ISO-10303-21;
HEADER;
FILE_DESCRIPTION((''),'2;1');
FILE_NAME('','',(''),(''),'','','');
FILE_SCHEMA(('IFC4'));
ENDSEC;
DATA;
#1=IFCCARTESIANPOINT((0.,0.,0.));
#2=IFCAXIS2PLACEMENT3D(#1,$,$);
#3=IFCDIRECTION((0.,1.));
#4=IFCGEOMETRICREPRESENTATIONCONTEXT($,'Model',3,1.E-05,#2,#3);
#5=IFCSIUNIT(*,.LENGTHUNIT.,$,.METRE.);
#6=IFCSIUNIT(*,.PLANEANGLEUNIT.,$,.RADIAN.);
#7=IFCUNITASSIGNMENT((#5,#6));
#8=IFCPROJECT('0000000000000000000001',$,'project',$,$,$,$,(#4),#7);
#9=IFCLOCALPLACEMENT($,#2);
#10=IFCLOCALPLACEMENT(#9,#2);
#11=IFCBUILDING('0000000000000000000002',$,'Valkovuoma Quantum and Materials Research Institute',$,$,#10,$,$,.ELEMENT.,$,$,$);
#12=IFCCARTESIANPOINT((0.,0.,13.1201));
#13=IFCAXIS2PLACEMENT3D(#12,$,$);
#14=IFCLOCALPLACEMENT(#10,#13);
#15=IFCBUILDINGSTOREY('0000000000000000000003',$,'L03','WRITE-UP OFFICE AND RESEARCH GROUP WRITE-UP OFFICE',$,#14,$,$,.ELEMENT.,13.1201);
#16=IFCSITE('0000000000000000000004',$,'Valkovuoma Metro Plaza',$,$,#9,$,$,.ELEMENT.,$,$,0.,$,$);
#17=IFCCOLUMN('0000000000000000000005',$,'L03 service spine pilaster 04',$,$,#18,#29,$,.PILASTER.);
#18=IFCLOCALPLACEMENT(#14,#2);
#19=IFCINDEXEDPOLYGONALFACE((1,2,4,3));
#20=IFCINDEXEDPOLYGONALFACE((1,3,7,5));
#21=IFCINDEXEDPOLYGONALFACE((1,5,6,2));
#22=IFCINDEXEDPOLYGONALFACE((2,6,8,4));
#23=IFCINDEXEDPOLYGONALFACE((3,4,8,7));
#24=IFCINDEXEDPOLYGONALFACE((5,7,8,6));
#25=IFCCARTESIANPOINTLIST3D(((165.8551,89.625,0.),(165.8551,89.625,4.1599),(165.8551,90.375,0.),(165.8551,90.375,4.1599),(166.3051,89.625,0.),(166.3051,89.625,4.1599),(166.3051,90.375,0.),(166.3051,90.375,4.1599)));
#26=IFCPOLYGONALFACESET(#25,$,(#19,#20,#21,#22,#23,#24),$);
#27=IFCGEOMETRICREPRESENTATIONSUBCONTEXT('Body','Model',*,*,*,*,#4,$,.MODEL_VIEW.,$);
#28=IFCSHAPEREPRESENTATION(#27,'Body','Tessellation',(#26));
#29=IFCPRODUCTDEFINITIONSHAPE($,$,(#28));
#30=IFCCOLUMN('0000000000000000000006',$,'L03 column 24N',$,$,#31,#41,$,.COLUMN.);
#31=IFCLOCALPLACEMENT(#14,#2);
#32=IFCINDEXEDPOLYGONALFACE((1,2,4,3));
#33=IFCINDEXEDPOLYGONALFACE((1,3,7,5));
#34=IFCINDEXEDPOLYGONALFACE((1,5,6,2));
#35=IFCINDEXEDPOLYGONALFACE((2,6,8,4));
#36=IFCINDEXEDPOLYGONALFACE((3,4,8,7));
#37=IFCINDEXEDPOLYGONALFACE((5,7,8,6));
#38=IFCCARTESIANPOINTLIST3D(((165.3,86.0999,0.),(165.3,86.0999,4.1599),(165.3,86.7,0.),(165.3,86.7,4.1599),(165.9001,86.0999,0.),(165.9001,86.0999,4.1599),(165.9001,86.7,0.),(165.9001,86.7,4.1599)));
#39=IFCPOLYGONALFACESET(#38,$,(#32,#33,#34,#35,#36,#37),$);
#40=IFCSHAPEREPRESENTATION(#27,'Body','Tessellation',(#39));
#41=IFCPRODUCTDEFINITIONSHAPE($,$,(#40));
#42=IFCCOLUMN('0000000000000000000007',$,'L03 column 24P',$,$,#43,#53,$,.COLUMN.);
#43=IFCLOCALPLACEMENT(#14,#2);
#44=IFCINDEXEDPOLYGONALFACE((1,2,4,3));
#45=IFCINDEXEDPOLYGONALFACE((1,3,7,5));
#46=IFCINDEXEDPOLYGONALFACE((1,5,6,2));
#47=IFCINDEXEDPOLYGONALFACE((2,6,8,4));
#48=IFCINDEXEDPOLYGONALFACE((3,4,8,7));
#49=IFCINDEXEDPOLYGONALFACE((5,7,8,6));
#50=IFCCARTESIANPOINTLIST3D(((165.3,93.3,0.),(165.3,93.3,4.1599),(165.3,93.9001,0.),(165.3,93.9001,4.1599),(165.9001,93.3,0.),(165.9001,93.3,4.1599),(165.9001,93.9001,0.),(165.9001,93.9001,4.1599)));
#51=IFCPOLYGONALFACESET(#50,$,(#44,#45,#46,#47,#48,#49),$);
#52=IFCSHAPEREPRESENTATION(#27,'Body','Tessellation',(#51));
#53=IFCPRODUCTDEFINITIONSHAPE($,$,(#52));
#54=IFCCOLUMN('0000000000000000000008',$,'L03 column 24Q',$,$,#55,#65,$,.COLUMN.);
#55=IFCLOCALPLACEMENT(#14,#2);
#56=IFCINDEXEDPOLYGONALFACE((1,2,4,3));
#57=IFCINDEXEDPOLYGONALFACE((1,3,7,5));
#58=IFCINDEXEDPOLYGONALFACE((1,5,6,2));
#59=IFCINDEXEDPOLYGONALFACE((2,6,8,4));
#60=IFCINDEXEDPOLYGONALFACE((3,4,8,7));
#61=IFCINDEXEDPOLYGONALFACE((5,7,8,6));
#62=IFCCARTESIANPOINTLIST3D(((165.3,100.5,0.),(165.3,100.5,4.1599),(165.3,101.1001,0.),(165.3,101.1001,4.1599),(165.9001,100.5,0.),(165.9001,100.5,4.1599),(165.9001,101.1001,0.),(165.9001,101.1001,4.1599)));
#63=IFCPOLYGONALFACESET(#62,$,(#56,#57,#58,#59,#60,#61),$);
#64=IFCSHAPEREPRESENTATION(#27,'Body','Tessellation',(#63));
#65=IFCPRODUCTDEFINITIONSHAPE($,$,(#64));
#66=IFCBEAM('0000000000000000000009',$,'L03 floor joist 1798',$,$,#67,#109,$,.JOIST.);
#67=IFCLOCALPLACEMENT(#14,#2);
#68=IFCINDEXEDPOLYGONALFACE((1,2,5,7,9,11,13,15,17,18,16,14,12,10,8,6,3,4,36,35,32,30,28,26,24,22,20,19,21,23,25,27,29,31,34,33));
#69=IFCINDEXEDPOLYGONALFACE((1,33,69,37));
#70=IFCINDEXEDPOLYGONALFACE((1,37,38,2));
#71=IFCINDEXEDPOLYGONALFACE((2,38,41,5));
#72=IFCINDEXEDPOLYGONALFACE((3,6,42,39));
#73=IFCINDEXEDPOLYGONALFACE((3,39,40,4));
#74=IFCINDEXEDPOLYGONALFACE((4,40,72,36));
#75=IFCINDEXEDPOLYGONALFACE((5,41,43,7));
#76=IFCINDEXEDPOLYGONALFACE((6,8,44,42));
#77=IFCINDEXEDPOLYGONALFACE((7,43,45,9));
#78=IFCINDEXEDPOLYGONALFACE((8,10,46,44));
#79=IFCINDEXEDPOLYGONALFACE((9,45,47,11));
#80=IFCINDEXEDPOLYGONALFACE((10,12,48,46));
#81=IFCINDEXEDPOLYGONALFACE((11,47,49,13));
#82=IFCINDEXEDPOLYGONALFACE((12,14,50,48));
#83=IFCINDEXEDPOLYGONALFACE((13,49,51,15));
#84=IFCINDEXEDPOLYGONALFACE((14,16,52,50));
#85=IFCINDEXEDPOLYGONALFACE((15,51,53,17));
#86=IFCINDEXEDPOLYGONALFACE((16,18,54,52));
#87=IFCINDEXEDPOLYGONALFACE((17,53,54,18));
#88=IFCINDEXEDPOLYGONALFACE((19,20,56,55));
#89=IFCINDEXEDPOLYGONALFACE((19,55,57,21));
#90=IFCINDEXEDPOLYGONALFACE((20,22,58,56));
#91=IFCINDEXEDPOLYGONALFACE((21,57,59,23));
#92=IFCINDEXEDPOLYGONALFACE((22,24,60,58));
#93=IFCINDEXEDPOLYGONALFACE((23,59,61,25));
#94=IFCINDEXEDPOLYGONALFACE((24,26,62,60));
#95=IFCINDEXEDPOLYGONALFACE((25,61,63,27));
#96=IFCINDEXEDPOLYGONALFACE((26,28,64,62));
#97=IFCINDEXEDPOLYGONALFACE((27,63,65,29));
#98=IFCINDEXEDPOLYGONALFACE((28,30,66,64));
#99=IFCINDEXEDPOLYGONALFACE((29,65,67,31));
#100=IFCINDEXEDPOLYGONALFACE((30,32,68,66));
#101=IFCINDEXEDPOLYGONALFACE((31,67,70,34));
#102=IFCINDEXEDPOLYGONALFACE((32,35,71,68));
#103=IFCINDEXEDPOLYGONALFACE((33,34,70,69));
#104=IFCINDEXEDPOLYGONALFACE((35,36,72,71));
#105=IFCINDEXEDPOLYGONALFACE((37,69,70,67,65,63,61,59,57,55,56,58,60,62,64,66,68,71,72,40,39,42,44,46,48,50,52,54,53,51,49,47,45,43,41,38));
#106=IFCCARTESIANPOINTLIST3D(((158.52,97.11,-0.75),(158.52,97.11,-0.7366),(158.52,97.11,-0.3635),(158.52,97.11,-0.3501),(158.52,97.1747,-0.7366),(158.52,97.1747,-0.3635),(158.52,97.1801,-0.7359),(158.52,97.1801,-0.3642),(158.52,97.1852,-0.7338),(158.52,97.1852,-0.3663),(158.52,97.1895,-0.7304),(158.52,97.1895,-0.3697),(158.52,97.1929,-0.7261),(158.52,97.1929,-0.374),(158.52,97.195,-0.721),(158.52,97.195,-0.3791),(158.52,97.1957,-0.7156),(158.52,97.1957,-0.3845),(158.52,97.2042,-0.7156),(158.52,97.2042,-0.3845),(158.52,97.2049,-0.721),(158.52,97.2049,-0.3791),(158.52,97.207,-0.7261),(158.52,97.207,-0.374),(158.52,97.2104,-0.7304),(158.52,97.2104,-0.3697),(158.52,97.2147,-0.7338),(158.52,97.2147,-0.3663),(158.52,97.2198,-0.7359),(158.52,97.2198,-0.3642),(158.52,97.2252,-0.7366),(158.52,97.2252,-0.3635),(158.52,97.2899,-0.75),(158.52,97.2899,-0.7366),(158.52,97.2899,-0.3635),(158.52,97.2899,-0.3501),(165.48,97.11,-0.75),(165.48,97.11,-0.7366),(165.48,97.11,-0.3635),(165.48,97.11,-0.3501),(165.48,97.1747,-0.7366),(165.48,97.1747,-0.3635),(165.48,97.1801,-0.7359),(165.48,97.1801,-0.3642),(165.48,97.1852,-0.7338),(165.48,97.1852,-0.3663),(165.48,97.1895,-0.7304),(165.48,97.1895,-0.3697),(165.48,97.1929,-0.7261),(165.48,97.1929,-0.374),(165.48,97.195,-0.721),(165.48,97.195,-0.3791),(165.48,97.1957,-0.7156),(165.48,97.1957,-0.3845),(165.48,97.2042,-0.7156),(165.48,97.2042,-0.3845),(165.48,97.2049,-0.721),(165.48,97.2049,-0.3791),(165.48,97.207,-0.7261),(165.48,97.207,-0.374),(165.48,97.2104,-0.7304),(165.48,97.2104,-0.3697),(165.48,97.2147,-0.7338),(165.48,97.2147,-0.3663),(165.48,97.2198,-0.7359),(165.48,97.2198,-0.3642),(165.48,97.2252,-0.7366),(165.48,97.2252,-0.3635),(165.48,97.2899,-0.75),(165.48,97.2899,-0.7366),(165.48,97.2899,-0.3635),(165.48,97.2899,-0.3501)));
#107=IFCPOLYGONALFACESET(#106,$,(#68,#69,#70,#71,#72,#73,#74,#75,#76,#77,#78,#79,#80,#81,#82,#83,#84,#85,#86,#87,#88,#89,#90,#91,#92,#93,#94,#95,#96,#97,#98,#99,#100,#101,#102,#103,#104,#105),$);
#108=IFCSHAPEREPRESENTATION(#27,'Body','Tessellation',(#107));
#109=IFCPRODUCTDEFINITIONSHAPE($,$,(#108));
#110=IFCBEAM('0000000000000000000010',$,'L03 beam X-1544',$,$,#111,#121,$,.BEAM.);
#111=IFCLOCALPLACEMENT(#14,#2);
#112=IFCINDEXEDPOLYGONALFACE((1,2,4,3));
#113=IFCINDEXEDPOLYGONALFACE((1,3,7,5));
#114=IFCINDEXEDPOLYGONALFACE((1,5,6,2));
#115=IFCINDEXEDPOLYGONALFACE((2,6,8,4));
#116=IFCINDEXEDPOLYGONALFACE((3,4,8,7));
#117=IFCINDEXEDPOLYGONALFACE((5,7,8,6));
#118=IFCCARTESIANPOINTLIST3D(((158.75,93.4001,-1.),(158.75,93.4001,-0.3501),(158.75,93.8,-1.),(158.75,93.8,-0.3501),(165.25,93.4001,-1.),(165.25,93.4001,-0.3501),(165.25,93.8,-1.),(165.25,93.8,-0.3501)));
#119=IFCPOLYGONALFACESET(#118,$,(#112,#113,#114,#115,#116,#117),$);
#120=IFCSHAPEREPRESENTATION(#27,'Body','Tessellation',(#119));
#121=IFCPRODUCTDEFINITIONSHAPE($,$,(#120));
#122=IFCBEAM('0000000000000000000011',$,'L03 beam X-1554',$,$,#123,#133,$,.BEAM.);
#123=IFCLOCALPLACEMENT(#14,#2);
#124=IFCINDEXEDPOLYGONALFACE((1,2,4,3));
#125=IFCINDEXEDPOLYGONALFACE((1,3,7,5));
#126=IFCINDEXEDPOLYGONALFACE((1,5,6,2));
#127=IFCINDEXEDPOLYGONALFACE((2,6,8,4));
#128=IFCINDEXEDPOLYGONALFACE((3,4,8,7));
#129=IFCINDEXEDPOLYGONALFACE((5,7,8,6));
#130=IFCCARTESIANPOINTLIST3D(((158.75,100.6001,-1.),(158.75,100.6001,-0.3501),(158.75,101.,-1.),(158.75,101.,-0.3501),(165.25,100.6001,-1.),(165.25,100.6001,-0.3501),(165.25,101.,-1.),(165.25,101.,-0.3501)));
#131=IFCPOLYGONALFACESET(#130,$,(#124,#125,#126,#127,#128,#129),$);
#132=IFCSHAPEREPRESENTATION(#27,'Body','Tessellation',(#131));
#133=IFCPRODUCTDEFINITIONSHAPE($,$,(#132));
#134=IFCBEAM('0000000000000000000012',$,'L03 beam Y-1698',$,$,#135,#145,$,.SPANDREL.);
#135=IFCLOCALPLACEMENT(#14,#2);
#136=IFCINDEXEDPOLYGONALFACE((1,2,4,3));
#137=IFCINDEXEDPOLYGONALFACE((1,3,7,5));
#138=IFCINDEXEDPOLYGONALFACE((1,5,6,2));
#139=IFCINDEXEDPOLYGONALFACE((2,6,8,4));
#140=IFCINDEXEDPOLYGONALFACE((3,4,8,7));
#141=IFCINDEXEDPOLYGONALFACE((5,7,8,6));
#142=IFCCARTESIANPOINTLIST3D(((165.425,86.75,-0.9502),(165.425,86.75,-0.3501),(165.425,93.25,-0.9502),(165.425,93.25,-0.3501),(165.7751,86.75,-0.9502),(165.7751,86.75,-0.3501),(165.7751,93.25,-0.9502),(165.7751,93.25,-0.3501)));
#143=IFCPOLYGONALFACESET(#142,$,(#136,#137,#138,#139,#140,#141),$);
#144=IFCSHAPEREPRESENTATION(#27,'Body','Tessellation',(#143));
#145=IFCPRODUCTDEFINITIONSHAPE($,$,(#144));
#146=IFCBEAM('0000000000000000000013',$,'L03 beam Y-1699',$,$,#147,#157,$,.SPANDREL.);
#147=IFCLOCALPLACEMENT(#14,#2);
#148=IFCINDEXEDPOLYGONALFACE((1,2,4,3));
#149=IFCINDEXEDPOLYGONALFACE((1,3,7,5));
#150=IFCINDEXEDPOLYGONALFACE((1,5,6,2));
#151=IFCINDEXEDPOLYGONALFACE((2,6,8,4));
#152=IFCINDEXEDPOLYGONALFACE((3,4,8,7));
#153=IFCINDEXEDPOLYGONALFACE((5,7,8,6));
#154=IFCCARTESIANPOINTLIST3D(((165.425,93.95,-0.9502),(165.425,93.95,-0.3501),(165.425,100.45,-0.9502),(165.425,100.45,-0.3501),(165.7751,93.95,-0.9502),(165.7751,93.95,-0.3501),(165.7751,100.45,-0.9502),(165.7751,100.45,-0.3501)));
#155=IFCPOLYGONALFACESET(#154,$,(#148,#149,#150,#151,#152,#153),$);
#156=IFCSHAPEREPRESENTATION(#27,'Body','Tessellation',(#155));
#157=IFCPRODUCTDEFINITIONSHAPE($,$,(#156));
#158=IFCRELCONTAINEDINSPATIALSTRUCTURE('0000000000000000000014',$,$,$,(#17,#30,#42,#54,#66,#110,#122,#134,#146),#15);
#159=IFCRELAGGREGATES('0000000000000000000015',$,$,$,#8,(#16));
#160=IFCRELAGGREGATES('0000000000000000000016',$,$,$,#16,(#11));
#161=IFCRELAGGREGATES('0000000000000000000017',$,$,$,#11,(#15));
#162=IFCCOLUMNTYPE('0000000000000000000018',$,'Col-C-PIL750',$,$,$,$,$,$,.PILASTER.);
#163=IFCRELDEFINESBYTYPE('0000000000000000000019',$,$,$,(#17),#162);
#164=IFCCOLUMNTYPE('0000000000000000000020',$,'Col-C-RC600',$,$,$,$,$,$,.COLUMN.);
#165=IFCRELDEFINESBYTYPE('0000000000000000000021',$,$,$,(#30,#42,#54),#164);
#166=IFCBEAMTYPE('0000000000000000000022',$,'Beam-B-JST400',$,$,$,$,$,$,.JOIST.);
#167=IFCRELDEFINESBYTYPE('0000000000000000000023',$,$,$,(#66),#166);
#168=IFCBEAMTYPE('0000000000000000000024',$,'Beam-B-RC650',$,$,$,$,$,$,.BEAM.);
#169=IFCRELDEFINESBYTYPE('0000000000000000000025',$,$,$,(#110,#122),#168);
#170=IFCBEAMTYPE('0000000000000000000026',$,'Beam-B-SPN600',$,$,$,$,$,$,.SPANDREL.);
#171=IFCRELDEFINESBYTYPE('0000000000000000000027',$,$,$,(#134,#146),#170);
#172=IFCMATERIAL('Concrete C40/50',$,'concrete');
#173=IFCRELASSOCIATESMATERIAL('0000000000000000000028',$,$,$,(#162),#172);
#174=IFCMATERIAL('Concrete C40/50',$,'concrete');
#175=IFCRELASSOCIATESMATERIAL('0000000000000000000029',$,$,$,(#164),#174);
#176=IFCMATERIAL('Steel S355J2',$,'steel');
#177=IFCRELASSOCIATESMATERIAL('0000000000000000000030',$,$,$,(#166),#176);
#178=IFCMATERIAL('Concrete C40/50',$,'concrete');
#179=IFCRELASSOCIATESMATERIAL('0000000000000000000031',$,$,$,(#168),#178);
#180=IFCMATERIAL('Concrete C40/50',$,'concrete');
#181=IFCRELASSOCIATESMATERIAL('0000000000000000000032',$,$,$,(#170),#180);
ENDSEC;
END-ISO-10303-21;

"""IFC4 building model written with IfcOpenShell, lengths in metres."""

from ifc_helpers import new_model, si_unit, direction, frame, origin, origin_2d, place, context, subcontext, project, spatial, rectangle, i_section, extrude, material, material_profile, profile_set, type_object, element, save


model = new_model("IFC4")

# Units and contexts
model_context = context("Model", 3, precision=1e-05, world=origin(), true_north=direction((0.0, 1.0)))
body_context = subcontext(model_context, "Body", "Model", "MODEL_VIEW")
ifc_project = project(units=[si_unit("LENGTHUNIT", "METRE"), si_unit("PLANEANGLEUNIT", "RADIAN")], contexts=[model_context])

# Site, building, storey
site_placement = place(None, origin())
site = spatial("IfcSite", under=ifc_project, at=site_placement, Name="Valkovuoma Metro Plaza", CompositionType="ELEMENT", RefElevation=0.0)
building_placement = place(site_placement, origin())
building = spatial("IfcBuilding", under=site, at=building_placement, Name="Valkovuoma Quantum and Materials Research Institute", CompositionType="ELEMENT")
storey_placement = place(building_placement, frame((0.0, 0.0, 13.1201)))
storey = spatial("IfcBuildingStorey", under=building, at=storey_placement, Name="L03", Description="WRITE-UP OFFICE AND RESEARCH GROUP WRITE-UP OFFICE", CompositionType="ELEMENT", Elevation=13.1201)

# Columns
ifc_material_1 = material(Name="Concrete C40/50", Category="concrete")
ifc_material_profile_1 = material_profile(ifc_material_1, rectangle(XDim=0.45, YDim=0.75, at=origin_2d()), Name="Concrete C40/50")
ifc_profile_set_1 = profile_set([ifc_material_profile_1], Name="Concrete C40/50")
column_type_1 = type_object("IfcColumnType", Name="Col-C-PIL750", PredefinedType="PILASTER", material=ifc_profile_set_1)
column_placement = place(storey_placement, frame((166.0801, 90.0, 0.0), z_axis=(0.0, 0.0, 1.0), x_axis=(1.0, 0.0, 0.0)))
element("IfcColumn", 1, at=column_placement, inside=storey, type_object=column_type_1, Name="L03 service spine pilaster 04", PredefinedType="PILASTER", context=body_context, shape_type="SweptSolid", body=[
    extrude(rectangle(XDim=0.45, YDim=0.75, at=origin_2d()), origin(), (0.0, 0.0, 1.0), 4.1599),
])
ifc_material_2 = material(Name="Concrete C40/50", Category="concrete")
ifc_material_profile_2 = material_profile(ifc_material_2, rectangle(XDim=0.6001, YDim=0.6001, at=origin_2d()), Name="Concrete C40/50")
ifc_profile_set_2 = profile_set([ifc_material_profile_2], Name="Concrete C40/50")
column_type_2 = type_object("IfcColumnType", Name="Col-C-RC600", PredefinedType="COLUMN", material=ifc_profile_set_2)
for number, where, z_axis, x_axis, name in (
    (2, (165.6001, 86.3999, 0.0), (0.0, 0.0, 1.0), (1.0, 0.0, 0.0), "L03 column 24N"),
    (3, (165.6001, 93.6001, 0.0), (0.0, 0.0, 1.0), (1.0, 0.0, 0.0), "L03 column 24P"),
    (4, (165.6001, 100.8, 0.0), (0.0, 0.0, 1.0), (1.0, 0.0, 0.0), "L03 column 24Q"),
):
    element("IfcColumn", number, at=place(storey_placement, frame(where, z_axis=z_axis, x_axis=x_axis)), inside=storey, type_object=column_type_2, Name=name, PredefinedType="COLUMN", context=body_context, shape_type="SweptSolid", body=[
        extrude(rectangle(XDim=0.6001, YDim=0.6001, at=origin_2d()), origin(), (0.0, 0.0, 1.0), 4.1599),
    ])

# Beams
ifc_material_3 = material(Name="Steel S355J2", Category="steel")
ifc_material_profile_3 = material_profile(ifc_material_3, i_section(OverallWidth=0.1799, OverallDepth=0.3999, WebThickness=0.0085, FlangeThickness=0.0134, FilletRadius=0.021, at=origin_2d()), Name="Steel S355J2")
ifc_profile_set_3 = profile_set([ifc_material_profile_3], Name="Steel S355J2")
beam_type_1 = type_object("IfcBeamType", Name="Beam-B-JST400", PredefinedType="JOIST", material=ifc_profile_set_3)
beam_placement = place(storey_placement, frame((158.52, 97.2, -0.55), z_axis=(1.0, 0.0, 0.0), x_axis=(0.0, 1.0, 0.0)))
element("IfcBeam", 5, at=beam_placement, inside=storey, type_object=beam_type_1, Name="L03 floor joist 1798", PredefinedType="JOIST", context=body_context, shape_type="SweptSolid", body=[
    extrude(i_section(OverallWidth=0.1799, OverallDepth=0.3999, WebThickness=0.0085, FlangeThickness=0.0134, FilletRadius=0.021, at=origin_2d()), origin(), (0.0, 0.0, 1.0), 6.96),
])
ifc_material_4 = material(Name="Concrete C40/50", Category="concrete")
ifc_material_profile_4 = material_profile(ifc_material_4, rectangle(XDim=0.3999, YDim=0.6499, at=origin_2d()), Name="Concrete C40/50")
ifc_profile_set_4 = profile_set([ifc_material_profile_4], Name="Concrete C40/50")
beam_type_2 = type_object("IfcBeamType", Name="Beam-B-RC650", PredefinedType="BEAM", material=ifc_profile_set_4)
for number, where, z_axis, x_axis, name in (
    (6, (158.75, 93.6001, -0.675), (1.0, 0.0, 0.0), (0.0, 1.0, 0.0), "L03 beam X-1544"),
    (7, (158.75, 100.8, -0.675), (1.0, 0.0, 0.0), (0.0, 1.0, 0.0), "L03 beam X-1554"),
):
    element("IfcBeam", number, at=place(storey_placement, frame(where, z_axis=z_axis, x_axis=x_axis)), inside=storey, type_object=beam_type_2, Name=name, PredefinedType="BEAM", context=body_context, shape_type="SweptSolid", body=[
        extrude(rectangle(XDim=0.3999, YDim=0.6499, at=origin_2d()), origin(), (0.0, 0.0, 1.0), 6.5),
    ])
ifc_material_5 = material(Name="Concrete C40/50", Category="concrete")
ifc_material_profile_5 = material_profile(ifc_material_5, rectangle(XDim=0.3501, YDim=0.6001, at=origin_2d()), Name="Concrete C40/50")
ifc_profile_set_5 = profile_set([ifc_material_profile_5], Name="Concrete C40/50")
beam_type_3 = type_object("IfcBeamType", Name="Beam-B-SPN600", PredefinedType="SPANDREL", material=ifc_profile_set_5)
for number, where, z_axis, x_axis, name in (
    (8, (165.6001, 86.75, -0.6501), (0.0, 1.0, 0.0), (-1.0, 0.0, 0.0), "L03 beam Y-1698"),
    (9, (165.6001, 93.95, -0.6501), (0.0, 1.0, 0.0), (-1.0, 0.0, 0.0), "L03 beam Y-1699"),
):
    element("IfcBeam", number, at=place(storey_placement, frame(where, z_axis=z_axis, x_axis=x_axis)), inside=storey, type_object=beam_type_3, Name=name, PredefinedType="SPANDREL", context=body_context, shape_type="SweptSolid", body=[
        extrude(rectangle(XDim=0.3501, YDim=0.6001, at=origin_2d()), origin(), (0.0, 0.0, 1.0), 6.5),
    ])

save(model, "model.ifc")
